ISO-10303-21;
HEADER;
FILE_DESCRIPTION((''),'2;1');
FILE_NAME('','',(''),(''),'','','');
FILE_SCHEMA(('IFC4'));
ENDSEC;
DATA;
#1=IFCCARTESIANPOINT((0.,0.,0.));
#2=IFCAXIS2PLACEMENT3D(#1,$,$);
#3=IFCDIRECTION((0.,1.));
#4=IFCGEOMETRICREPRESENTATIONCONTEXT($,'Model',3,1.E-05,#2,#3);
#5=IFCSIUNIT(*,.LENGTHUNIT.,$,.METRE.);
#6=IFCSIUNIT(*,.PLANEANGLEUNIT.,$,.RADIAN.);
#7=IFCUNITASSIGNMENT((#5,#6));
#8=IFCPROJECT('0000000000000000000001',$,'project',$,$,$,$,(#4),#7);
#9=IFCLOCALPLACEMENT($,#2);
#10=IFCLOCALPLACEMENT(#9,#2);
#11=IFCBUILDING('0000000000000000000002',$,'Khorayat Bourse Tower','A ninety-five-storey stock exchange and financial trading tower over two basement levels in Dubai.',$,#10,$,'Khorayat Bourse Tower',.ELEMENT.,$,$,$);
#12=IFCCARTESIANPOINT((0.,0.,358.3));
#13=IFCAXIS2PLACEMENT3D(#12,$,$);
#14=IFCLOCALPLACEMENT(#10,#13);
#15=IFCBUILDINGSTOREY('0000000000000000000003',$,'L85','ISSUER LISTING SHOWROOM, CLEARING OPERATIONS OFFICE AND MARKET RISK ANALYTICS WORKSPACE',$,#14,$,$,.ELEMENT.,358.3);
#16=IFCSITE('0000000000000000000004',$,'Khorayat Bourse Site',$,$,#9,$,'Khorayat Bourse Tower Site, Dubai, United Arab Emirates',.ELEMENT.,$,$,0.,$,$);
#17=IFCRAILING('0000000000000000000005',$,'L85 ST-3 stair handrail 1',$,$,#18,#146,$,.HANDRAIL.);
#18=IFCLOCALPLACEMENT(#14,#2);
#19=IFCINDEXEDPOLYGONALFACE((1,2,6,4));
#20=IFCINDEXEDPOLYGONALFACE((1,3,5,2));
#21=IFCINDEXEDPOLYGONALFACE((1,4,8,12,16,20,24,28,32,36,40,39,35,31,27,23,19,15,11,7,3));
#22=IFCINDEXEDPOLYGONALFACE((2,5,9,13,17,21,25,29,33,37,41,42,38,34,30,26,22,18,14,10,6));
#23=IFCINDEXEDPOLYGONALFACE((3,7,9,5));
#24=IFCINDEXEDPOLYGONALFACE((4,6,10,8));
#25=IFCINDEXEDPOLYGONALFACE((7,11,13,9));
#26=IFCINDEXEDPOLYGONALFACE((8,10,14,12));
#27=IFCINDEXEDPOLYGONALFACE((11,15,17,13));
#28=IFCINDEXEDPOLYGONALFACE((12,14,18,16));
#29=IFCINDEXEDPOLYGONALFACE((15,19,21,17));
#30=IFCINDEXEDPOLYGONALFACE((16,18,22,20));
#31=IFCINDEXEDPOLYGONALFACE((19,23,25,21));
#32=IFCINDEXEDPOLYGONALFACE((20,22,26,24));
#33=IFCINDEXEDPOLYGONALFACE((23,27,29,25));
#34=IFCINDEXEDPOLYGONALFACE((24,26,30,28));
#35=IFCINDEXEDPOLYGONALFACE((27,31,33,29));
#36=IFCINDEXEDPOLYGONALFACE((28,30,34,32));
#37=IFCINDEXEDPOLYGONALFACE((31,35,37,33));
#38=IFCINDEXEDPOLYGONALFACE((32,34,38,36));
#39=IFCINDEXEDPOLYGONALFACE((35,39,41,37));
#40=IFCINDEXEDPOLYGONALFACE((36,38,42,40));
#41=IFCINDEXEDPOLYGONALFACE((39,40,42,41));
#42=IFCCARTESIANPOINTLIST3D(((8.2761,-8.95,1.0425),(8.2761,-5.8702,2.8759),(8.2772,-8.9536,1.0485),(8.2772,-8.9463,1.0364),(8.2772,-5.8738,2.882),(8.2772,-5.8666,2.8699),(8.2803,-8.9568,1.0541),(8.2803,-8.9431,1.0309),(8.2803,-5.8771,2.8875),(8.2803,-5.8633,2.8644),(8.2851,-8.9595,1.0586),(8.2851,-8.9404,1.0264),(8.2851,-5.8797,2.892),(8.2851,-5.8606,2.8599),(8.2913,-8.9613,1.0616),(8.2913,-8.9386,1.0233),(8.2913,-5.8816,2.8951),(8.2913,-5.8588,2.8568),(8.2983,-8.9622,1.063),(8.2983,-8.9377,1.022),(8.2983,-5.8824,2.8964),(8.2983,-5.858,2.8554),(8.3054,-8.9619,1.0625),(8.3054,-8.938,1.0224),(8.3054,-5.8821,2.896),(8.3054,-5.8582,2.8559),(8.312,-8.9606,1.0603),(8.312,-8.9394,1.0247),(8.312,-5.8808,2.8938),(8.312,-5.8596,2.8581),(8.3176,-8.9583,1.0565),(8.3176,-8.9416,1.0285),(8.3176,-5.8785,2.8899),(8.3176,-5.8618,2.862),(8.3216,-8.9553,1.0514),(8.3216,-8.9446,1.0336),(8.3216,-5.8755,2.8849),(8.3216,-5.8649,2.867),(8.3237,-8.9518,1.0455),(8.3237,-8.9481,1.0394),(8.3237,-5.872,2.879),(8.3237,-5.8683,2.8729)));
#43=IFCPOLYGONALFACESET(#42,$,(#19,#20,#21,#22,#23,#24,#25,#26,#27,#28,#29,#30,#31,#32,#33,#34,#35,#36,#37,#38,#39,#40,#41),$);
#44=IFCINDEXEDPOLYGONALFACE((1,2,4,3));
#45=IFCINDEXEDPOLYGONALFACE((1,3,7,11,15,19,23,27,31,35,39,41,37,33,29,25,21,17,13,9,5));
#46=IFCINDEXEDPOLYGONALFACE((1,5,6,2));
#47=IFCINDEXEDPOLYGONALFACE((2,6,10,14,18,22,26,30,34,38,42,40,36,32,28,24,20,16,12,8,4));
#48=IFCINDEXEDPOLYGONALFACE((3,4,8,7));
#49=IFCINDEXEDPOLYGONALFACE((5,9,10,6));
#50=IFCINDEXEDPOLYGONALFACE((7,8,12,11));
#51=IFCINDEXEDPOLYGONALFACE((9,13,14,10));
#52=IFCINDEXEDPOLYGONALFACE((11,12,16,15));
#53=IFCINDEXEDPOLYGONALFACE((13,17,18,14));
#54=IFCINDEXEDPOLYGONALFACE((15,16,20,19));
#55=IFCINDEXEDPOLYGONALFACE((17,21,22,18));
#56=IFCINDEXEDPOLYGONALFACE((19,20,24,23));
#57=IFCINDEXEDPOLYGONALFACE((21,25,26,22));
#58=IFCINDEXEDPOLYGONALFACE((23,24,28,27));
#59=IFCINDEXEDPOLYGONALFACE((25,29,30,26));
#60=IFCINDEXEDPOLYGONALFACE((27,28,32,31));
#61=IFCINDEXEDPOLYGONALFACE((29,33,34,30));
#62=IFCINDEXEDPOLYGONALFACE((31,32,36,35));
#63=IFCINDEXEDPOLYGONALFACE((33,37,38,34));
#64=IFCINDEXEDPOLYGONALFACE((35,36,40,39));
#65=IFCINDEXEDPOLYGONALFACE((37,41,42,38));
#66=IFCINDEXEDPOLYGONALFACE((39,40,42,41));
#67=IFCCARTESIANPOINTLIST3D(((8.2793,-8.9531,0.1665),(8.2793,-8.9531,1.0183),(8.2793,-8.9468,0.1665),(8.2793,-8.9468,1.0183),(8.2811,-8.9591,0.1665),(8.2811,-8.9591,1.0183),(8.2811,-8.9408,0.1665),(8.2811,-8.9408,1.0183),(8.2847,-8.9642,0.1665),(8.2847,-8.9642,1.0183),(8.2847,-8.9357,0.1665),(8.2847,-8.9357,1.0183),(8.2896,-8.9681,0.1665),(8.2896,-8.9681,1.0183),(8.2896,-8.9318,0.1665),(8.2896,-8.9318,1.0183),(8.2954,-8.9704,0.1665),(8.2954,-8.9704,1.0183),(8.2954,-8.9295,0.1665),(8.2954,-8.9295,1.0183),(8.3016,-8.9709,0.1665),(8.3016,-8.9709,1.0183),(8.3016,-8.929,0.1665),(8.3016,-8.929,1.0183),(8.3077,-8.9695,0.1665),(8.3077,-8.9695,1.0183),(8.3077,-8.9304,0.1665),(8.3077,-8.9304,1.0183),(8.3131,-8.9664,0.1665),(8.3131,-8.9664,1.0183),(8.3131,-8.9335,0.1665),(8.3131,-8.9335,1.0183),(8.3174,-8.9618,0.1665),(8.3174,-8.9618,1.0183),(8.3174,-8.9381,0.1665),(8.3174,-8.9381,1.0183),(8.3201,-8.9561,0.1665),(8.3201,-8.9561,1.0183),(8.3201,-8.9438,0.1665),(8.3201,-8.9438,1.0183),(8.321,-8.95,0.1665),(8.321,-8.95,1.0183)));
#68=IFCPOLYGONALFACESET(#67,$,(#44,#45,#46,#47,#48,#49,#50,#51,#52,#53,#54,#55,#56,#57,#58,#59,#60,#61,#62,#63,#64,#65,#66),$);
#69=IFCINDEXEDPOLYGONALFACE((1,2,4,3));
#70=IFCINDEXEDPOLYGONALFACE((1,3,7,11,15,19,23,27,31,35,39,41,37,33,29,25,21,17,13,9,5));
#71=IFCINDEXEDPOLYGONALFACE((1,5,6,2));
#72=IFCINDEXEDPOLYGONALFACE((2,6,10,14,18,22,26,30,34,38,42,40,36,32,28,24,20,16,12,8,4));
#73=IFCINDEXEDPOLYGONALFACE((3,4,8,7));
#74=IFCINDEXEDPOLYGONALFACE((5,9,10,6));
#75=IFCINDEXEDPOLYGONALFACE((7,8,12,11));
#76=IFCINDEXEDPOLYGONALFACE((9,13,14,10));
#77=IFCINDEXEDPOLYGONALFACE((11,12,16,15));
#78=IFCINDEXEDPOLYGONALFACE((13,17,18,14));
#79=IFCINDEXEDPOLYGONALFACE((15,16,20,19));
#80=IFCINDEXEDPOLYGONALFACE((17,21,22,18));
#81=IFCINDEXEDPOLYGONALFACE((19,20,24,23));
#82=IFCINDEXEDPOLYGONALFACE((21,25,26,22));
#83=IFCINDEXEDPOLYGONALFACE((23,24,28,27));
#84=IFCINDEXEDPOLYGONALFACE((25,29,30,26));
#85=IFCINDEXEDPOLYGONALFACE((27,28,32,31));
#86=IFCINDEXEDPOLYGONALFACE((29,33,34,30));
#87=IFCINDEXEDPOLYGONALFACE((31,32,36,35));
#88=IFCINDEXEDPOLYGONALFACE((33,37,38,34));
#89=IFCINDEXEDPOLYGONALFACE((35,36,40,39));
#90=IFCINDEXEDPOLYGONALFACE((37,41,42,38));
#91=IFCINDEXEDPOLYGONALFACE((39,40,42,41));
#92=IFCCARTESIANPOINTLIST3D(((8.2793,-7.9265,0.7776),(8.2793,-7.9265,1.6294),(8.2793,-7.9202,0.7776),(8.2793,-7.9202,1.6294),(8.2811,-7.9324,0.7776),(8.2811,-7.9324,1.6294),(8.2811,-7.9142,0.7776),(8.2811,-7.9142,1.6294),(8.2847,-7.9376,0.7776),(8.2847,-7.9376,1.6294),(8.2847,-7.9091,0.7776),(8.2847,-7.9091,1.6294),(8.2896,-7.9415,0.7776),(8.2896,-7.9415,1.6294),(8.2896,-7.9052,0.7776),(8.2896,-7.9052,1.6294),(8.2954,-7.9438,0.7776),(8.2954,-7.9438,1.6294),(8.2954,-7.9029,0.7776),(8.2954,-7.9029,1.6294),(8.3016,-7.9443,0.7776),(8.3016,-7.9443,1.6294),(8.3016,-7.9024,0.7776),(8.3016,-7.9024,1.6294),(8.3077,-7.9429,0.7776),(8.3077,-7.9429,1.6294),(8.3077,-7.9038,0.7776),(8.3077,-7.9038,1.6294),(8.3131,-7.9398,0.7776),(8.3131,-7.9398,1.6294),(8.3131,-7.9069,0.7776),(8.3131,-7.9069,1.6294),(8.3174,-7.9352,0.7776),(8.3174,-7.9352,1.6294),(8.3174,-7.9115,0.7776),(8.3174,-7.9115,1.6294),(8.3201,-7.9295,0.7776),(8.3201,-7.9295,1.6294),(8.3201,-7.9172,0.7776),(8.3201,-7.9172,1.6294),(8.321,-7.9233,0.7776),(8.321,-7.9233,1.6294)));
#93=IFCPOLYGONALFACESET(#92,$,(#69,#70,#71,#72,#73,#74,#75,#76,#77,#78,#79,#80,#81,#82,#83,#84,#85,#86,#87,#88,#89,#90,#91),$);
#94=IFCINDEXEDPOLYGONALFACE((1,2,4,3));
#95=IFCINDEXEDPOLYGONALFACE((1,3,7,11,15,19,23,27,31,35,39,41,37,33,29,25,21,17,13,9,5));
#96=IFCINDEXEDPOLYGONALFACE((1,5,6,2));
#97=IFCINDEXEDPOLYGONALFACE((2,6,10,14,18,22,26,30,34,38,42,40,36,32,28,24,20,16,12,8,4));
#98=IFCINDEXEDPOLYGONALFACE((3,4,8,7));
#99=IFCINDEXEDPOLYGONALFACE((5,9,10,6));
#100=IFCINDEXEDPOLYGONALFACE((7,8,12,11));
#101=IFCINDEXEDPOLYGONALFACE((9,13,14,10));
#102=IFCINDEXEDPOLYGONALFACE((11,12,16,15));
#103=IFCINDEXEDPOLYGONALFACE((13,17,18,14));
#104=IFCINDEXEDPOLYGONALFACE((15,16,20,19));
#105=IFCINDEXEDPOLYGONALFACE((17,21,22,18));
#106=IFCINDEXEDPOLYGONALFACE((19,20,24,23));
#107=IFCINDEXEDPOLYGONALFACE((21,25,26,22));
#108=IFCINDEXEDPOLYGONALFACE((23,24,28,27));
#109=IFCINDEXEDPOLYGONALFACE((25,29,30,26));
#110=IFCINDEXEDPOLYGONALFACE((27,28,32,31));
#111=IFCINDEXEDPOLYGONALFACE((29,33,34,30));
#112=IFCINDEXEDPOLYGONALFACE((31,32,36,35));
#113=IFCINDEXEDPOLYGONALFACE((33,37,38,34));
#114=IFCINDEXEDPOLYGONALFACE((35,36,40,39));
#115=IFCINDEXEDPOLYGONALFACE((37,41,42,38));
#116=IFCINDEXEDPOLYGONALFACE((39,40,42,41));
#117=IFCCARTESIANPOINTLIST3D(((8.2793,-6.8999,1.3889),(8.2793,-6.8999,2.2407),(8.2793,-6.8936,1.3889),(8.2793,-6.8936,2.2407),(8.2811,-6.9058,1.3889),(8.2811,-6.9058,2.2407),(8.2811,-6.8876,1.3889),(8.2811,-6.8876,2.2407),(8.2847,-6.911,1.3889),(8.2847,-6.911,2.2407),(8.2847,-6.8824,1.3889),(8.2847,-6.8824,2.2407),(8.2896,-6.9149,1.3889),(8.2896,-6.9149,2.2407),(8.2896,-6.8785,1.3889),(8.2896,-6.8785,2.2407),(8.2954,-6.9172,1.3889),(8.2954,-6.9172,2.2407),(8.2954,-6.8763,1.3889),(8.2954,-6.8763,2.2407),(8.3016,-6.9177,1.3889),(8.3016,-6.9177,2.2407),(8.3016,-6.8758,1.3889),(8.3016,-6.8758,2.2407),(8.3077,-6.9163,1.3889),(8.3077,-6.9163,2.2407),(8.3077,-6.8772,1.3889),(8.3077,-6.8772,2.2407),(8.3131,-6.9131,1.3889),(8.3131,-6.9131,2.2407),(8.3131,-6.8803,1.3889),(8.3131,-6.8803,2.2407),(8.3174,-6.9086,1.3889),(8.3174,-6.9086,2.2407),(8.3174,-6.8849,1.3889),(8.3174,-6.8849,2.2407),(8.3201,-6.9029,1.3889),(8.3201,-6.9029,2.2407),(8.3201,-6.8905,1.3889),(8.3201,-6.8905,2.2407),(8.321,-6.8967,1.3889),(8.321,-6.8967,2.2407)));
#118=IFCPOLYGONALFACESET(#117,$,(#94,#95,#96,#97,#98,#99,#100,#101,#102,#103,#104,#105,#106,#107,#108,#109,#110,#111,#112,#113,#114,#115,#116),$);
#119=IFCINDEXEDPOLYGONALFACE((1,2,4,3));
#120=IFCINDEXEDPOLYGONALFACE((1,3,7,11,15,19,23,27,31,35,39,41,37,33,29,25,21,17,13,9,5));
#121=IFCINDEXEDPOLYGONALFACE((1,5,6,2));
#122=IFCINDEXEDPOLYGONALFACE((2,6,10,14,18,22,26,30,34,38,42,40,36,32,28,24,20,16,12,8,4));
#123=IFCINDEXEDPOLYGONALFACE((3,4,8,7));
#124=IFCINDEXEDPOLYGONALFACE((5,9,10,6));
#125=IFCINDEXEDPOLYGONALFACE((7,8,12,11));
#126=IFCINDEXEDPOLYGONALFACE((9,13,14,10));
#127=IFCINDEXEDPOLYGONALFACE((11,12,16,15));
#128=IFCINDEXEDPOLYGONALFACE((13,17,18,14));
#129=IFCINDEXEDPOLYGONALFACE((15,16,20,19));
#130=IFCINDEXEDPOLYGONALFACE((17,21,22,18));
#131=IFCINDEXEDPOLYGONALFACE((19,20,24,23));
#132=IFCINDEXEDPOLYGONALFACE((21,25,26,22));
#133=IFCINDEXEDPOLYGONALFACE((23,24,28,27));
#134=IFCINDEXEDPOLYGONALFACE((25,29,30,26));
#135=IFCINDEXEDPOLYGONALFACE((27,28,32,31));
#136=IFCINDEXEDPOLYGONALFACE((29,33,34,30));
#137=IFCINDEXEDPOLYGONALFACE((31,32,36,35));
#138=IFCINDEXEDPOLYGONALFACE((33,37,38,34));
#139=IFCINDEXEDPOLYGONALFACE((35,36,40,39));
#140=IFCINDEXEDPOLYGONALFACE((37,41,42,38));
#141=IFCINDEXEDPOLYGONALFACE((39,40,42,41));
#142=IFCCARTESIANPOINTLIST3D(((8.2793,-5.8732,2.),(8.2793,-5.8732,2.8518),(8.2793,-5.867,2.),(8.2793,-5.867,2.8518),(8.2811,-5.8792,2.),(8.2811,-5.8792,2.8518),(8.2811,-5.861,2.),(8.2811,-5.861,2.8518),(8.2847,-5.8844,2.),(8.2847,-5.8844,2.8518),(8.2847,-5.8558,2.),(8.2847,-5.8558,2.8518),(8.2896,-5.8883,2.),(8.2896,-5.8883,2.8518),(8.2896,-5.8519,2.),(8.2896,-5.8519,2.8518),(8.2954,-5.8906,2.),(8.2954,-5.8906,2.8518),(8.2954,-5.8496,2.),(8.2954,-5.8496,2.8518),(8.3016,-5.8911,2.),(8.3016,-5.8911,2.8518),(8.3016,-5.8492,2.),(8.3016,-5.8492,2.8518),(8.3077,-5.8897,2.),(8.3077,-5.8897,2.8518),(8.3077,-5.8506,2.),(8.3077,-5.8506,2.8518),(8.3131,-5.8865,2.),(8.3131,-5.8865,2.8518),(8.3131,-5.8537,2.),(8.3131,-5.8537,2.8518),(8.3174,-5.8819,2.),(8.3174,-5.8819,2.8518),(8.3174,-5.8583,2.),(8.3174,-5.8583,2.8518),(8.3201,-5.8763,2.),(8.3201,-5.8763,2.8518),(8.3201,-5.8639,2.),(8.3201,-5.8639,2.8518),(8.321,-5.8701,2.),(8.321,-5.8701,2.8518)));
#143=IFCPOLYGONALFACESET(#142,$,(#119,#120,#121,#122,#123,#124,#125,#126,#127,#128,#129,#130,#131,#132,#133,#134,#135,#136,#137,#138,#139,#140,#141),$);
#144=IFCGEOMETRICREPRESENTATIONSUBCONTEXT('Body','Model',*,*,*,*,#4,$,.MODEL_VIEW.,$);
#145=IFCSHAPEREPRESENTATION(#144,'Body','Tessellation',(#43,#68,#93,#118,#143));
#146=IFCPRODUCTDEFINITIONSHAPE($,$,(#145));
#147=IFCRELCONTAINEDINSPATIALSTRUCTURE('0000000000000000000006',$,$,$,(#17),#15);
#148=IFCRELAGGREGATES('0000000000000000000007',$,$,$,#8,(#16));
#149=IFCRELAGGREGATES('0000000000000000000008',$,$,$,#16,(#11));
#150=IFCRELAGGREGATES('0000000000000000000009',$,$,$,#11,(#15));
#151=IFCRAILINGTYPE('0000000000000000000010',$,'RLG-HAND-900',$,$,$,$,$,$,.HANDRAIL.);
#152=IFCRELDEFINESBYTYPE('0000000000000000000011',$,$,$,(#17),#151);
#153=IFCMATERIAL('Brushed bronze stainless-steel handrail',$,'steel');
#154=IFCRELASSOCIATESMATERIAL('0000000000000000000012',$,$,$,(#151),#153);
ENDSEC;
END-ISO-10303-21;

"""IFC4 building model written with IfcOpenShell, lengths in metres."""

from ifc_helpers import new_model, si_unit, direction, frame, origin, origin_2d, place, context, subcontext, project, spatial, circle, extrude, source, transform, mapped, material, type_object, element, save


model = new_model("IFC4")

# Units and contexts
model_context = context("Model", 3, precision=1e-05, world=origin(), true_north=direction((0.0, 1.0)))
body_context = subcontext(model_context, "Body", "Model", "MODEL_VIEW")
ifc_project = project(units=[si_unit("LENGTHUNIT", "METRE"), si_unit("PLANEANGLEUNIT", "RADIAN")], contexts=[model_context])

# Site, building, storey
site_placement = place(None, origin())
site = spatial("IfcSite", under=ifc_project, at=site_placement, Name="Khorayat Bourse Site", LongName="Khorayat Bourse Tower Site, Dubai, United Arab Emirates", CompositionType="ELEMENT", RefElevation=0.0)
building_placement = place(site_placement, origin())
building = spatial("IfcBuilding", under=site, at=building_placement, Name="Khorayat Bourse Tower", Description="A ninety-five-storey stock exchange and financial trading tower over two basement levels in Dubai.", LongName="Khorayat Bourse Tower", CompositionType="ELEMENT")
storey_placement = place(building_placement, frame((0.0, 0.0, 358.3)))
storey = spatial("IfcBuildingStorey", under=building, at=storey_placement, Name="L85", Description="ISSUER LISTING SHOWROOM, CLEARING OPERATIONS OFFICE AND MARKET RISK ANALYTICS WORKSPACE", CompositionType="ELEMENT", Elevation=358.3)

# Railing
ifc_material_1 = material(Name="Brushed bronze stainless-steel handrail", Category="steel")
railing_type_1 = type_object("IfcRailingType", Name="RLG-HAND-900", PredefinedType="HANDRAIL", material=ifc_material_1)
shared_shape_1 = source(origin(), body_context, "Body", "SweptSolid", [
    extrude(circle(Radius=0.0239, at=origin_2d()), frame((0.0, 0.0, 0.876), z_axis=(0.0, 0.859261, 0.511538), x_axis=(-1.0, 0.0, 0.0)), (0.0, 0.0, 1.0), 3.5842),
    extrude(circle(Radius=0.021, at=origin_2d()), origin(), (0.0, 0.0, 1.0), 0.8518),
    extrude(circle(Radius=0.021, at=origin_2d()), frame((0.0, 1.0266, 0.6111)), (0.0, 0.0, 1.0), 0.8518),
    extrude(circle(Radius=0.021, at=origin_2d()), frame((0.0, 2.0532, 1.2224)), (0.0, 0.0, 1.0), 0.8518),
    extrude(circle(Radius=0.021, at=origin_2d()), frame((0.0, 3.0798, 1.8335)), (0.0, 0.0, 1.0), 0.8518),
])
railing_1_placement = place(storey_placement, frame((8.3, -8.95, 0.1665)))
element("IfcRailing", 1, at=railing_1_placement, inside=storey, type_object=railing_type_1, Name="L85 ST-3 stair handrail 1", PredefinedType="HANDRAIL", context=body_context, shape_type="MappedRepresentation", body=[
    mapped(shared_shape_1, transform((0.0, 0.0, 0.0), scale=1.0)),
])

save(model, "model.ifc")
